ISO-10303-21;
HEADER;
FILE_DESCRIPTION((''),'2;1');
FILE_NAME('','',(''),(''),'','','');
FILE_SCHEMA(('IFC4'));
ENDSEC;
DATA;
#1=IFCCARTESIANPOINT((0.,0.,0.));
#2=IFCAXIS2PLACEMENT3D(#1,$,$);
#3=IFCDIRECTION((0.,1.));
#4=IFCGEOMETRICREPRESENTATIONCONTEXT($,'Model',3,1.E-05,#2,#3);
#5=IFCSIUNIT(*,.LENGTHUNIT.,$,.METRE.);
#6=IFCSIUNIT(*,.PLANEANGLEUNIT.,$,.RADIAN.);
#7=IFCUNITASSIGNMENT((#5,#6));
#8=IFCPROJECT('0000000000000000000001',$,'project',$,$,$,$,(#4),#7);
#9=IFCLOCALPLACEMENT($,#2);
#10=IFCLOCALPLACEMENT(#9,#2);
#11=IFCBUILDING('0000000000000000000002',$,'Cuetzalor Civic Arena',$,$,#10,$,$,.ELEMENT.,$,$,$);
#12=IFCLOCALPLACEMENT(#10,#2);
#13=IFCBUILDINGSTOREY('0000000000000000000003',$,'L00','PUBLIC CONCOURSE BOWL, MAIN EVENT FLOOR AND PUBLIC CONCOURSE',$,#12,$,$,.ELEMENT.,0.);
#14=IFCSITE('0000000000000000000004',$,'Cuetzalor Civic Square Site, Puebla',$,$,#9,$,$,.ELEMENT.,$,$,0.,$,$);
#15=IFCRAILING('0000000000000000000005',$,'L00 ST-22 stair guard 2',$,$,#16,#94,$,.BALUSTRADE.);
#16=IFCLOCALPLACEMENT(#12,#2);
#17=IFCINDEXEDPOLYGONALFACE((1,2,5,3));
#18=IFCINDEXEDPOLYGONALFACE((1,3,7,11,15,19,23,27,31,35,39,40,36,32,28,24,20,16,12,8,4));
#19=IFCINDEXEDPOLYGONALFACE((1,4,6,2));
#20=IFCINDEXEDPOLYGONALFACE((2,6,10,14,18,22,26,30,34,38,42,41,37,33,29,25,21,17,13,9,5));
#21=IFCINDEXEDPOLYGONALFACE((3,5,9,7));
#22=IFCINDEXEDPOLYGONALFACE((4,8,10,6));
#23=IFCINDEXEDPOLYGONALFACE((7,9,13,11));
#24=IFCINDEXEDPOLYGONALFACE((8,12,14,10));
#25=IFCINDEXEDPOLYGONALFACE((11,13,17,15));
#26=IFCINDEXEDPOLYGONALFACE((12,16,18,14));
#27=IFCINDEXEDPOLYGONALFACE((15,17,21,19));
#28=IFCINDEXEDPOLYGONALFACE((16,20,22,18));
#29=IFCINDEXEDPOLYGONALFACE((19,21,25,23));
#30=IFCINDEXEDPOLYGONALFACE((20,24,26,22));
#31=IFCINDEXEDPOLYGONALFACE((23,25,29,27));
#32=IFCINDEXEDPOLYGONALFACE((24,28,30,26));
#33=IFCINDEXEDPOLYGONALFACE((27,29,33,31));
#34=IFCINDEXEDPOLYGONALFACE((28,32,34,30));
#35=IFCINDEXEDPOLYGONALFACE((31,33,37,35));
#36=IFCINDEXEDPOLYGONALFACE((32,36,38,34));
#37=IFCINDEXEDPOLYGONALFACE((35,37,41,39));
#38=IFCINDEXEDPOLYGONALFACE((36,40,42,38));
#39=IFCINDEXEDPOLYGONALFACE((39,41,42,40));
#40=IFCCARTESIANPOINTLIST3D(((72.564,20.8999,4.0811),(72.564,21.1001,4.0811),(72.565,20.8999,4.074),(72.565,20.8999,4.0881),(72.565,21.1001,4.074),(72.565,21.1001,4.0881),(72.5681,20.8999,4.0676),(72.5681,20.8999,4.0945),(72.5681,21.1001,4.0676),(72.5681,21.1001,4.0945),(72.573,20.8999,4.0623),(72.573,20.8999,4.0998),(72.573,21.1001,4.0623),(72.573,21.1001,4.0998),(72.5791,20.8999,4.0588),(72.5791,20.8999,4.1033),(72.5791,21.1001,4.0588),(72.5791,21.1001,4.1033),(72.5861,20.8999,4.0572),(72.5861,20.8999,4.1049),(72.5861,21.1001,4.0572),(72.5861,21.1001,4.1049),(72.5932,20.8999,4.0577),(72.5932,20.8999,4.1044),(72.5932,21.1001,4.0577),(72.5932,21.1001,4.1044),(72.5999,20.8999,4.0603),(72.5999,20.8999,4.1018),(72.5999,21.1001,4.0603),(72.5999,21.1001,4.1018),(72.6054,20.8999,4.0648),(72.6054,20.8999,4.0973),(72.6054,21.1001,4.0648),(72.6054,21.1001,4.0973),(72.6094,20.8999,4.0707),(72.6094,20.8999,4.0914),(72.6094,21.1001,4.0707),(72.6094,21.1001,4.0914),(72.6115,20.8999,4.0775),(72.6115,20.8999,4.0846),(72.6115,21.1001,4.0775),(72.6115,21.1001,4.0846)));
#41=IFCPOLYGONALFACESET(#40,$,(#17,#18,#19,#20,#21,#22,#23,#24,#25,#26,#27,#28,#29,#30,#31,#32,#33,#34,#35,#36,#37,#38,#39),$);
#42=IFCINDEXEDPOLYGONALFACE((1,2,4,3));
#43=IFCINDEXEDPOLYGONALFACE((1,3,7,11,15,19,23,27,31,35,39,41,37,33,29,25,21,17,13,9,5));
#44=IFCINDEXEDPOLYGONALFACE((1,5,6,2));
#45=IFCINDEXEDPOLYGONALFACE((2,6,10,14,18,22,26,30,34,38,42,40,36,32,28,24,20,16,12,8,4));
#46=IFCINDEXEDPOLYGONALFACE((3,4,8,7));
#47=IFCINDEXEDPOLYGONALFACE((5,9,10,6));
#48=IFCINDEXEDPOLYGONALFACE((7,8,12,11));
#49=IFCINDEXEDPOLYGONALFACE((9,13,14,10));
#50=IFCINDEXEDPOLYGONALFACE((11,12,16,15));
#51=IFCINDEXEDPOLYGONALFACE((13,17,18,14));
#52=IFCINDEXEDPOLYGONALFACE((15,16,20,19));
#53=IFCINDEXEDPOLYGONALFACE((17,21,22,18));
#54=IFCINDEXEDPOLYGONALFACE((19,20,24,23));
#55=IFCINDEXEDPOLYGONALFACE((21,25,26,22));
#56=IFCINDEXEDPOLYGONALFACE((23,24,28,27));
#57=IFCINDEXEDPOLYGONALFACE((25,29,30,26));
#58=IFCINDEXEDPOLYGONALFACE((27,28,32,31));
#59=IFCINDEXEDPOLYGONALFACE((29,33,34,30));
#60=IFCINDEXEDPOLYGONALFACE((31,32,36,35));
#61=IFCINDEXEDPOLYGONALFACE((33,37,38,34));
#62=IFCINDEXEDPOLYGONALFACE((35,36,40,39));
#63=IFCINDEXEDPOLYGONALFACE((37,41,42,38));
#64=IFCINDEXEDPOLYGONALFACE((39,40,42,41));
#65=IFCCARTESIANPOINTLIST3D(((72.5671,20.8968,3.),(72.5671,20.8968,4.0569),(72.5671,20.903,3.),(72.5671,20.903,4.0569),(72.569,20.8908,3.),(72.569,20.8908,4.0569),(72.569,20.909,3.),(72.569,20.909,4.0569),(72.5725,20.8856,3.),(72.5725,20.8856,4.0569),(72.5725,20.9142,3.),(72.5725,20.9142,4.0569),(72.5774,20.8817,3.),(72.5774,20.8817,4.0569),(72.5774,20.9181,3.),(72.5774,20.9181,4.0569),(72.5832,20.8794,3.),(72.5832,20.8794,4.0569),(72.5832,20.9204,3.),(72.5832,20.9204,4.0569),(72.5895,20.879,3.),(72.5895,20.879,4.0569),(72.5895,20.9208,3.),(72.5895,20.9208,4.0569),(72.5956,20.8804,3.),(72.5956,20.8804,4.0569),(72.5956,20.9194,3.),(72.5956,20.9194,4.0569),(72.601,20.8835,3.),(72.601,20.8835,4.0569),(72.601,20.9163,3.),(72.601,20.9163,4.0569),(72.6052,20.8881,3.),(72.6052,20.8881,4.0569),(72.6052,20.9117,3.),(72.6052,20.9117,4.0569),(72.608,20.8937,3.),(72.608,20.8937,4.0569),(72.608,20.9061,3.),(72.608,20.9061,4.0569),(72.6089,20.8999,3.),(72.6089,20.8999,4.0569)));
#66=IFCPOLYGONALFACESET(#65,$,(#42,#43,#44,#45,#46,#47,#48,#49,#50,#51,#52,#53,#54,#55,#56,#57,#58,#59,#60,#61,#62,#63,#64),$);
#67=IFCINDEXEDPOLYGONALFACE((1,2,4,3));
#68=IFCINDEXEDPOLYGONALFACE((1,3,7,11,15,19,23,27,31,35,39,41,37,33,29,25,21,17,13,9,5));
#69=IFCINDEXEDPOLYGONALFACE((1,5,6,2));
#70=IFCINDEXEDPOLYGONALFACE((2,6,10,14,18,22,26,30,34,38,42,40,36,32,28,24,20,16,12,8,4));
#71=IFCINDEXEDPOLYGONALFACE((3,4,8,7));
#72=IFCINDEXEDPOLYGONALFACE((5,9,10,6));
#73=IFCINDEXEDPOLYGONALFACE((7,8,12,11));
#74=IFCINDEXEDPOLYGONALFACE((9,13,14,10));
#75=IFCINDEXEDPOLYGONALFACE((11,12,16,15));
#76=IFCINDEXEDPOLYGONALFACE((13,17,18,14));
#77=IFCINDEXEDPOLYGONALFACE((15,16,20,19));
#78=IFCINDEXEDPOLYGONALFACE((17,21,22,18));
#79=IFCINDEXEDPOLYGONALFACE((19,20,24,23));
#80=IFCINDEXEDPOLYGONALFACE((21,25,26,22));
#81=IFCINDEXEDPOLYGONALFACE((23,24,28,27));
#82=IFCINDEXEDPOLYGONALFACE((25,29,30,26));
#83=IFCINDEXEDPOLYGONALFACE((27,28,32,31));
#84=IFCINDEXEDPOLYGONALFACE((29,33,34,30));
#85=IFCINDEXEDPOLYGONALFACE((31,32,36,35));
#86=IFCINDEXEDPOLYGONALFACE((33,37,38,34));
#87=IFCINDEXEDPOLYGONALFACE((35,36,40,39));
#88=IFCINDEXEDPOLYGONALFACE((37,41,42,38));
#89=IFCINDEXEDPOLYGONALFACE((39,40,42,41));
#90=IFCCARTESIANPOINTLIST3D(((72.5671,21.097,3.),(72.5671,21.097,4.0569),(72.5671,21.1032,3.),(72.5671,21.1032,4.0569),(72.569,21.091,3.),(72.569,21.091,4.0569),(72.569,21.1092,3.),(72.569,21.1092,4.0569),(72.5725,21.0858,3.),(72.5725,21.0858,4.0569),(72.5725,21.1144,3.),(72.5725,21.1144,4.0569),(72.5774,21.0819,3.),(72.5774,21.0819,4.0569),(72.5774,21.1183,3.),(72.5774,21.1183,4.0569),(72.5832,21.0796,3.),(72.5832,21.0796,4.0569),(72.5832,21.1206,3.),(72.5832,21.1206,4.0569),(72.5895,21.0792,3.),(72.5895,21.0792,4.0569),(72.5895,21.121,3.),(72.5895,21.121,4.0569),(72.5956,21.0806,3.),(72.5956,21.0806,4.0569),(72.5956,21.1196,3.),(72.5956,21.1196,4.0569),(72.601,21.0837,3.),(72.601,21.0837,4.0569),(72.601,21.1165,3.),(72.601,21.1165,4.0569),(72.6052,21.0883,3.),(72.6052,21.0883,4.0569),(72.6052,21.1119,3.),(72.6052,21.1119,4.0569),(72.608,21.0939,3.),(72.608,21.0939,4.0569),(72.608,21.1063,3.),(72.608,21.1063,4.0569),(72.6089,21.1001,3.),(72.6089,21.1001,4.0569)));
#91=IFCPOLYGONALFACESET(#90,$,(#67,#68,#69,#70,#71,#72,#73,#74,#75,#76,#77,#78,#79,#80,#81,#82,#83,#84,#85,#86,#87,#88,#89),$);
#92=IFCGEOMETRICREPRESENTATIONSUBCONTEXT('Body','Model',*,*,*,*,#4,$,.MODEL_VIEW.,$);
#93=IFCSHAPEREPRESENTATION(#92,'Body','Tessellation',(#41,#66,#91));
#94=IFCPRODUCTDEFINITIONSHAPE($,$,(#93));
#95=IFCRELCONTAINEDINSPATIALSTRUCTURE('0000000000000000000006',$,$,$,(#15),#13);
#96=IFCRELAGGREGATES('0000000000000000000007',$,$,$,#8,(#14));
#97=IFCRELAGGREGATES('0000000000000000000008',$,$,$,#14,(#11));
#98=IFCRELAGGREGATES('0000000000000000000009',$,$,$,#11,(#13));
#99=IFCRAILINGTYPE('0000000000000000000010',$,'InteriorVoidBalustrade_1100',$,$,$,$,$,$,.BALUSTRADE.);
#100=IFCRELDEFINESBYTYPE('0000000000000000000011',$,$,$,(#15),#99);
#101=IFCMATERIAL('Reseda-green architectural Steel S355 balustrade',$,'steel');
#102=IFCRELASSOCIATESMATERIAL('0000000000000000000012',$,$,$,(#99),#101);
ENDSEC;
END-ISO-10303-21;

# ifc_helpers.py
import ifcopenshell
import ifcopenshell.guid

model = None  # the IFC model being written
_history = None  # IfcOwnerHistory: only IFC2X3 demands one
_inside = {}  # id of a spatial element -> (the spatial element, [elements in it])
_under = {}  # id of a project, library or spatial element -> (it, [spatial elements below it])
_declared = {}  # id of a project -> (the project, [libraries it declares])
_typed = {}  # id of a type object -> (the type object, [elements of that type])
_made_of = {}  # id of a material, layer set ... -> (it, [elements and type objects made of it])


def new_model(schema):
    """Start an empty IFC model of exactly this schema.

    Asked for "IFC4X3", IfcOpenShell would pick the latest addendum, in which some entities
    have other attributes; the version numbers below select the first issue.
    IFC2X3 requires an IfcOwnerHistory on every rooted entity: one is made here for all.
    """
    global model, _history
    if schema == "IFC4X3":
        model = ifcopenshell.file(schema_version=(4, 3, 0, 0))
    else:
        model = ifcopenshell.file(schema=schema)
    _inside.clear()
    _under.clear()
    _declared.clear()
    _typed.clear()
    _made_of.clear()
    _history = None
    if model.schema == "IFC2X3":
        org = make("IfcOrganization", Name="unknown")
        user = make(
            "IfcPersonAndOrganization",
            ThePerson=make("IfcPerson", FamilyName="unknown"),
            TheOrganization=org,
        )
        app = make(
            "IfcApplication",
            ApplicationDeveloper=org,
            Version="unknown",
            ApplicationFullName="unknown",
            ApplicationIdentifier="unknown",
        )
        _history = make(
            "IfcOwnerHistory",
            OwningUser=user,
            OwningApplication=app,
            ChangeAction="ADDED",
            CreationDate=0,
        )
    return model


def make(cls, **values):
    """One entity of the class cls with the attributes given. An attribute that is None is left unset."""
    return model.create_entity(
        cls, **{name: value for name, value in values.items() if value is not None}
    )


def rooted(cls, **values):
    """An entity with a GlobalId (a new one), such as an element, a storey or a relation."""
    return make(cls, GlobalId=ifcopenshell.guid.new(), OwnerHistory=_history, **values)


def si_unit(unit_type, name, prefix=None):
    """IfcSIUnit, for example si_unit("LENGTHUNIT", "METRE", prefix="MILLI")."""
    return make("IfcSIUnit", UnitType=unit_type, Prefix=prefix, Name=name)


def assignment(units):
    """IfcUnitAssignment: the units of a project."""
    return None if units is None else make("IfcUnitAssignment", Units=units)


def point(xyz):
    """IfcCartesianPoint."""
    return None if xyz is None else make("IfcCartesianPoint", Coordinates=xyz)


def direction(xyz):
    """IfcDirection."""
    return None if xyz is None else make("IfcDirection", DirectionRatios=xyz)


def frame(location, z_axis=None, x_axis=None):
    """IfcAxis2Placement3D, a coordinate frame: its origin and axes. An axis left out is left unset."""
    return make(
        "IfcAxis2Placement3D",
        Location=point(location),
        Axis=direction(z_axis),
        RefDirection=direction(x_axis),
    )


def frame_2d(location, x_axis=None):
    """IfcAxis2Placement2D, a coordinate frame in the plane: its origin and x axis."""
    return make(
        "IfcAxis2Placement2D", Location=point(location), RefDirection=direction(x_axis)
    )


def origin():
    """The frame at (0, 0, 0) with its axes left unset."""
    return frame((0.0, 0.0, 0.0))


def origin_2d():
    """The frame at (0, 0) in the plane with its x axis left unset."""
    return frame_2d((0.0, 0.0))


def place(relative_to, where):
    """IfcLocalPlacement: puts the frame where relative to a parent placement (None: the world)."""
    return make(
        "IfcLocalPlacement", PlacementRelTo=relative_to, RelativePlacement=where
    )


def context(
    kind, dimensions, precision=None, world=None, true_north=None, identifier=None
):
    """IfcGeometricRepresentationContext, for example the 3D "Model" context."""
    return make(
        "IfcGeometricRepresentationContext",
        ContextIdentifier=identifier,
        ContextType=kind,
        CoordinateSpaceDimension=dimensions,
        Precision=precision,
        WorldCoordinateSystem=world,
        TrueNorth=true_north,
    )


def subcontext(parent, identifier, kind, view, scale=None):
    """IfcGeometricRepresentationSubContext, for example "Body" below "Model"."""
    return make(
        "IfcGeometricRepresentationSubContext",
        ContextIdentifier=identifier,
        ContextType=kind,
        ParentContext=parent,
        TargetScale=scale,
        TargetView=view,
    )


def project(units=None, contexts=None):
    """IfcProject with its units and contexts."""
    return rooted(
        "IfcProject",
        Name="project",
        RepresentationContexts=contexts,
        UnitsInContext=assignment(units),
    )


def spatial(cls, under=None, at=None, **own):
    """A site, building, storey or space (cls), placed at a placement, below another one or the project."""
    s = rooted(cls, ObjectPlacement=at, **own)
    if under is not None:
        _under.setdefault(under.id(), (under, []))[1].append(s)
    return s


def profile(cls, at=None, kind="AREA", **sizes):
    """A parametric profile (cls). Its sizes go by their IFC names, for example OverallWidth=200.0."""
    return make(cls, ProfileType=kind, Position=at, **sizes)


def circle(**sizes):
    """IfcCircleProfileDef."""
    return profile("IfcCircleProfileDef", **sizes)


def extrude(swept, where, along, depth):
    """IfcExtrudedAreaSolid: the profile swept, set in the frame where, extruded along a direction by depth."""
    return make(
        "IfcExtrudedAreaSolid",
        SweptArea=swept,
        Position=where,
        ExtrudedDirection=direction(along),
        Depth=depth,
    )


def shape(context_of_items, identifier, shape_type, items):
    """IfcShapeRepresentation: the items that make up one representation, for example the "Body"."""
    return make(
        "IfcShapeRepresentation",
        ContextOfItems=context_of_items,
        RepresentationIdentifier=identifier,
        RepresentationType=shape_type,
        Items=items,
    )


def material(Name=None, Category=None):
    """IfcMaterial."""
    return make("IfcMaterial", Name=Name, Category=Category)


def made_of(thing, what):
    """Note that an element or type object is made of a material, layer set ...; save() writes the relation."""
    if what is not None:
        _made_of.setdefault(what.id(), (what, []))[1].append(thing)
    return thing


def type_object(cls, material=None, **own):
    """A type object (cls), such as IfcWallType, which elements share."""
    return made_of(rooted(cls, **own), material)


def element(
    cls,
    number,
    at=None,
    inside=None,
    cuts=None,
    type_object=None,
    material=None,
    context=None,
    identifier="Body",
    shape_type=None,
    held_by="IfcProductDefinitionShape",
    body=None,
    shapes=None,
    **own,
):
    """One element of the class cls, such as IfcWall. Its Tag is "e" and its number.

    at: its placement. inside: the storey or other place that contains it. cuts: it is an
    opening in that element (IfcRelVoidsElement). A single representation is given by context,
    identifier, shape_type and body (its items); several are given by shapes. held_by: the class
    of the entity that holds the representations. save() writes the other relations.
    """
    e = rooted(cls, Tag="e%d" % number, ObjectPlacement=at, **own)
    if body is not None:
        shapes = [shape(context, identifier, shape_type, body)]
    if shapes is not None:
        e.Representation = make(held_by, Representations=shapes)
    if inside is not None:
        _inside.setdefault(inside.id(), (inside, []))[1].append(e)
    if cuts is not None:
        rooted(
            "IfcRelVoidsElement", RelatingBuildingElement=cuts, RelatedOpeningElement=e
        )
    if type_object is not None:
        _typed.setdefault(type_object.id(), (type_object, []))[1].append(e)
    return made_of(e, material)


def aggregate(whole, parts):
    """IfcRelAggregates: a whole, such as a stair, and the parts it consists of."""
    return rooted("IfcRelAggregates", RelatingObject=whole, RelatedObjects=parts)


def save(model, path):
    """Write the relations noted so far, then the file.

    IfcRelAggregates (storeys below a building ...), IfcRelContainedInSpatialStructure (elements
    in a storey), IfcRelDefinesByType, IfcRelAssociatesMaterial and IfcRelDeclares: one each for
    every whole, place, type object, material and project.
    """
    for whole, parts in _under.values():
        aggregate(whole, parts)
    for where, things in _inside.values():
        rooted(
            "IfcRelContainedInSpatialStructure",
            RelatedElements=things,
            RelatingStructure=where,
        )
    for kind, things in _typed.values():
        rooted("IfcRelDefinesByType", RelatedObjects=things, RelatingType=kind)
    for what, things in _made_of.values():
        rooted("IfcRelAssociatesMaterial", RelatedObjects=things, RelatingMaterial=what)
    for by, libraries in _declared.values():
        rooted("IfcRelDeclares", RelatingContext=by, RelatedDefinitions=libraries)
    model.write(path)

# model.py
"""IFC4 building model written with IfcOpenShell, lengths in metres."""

from ifc_helpers import new_model, si_unit, direction, frame, origin, origin_2d, place, context, subcontext, project, spatial, circle, extrude, material, type_object, element, save


model = new_model("IFC4")

# Units and contexts
model_context = context("Model", 3, precision=1e-05, world=origin(), true_north=direction((0.0, 1.0)))
body_context = subcontext(model_context, "Body", "Model", "MODEL_VIEW")
ifc_project = project(units=[si_unit("LENGTHUNIT", "METRE"), si_unit("PLANEANGLEUNIT", "RADIAN")], contexts=[model_context])

# Site, building, storey
site_placement = place(None, origin())
site = spatial("IfcSite", under=ifc_project, at=site_placement, Name="Cuetzalor Civic Square Site, Puebla", CompositionType="ELEMENT", RefElevation=0.0)
building_placement = place(site_placement, origin())
building = spatial("IfcBuilding", under=site, at=building_placement, Name="Cuetzalor Civic Arena", CompositionType="ELEMENT")
storey_placement = place(building_placement, origin())
storey = spatial("IfcBuildingStorey", under=building, at=storey_placement, Name="L00", Description="PUBLIC CONCOURSE BOWL, MAIN EVENT FLOOR AND PUBLIC CONCOURSE", CompositionType="ELEMENT", Elevation=0.0)

# Railing
ifc_material_1 = material(Name="Reseda-green architectural Steel S355 balustrade", Category="steel")
railing_type_1 = type_object("IfcRailingType", Name="InteriorVoidBalustrade_1100", PredefinedType="BALUSTRADE", material=ifc_material_1)
railing_1_placement = place(storey_placement, frame((72.5879, 20.8999, 3.0)))
element("IfcRailing", 1, at=railing_1_placement, inside=storey, type_object=railing_type_1, Name="L00 ST-22 stair guard 2", PredefinedType="BALUSTRADE", context=body_context, shape_type="SweptSolid", body=[
    extrude(circle(Radius=0.0239, at=origin_2d()), frame((0.0, 0.0, 1.0811), z_axis=(0.0, 1.0, 0.0), x_axis=(-1.0, 0.0, 0.0)), (0.0, 0.0, 1.0), 0.2002),
    extrude(circle(Radius=0.021, at=origin_2d()), origin(), (0.0, 0.0, 1.0), 1.0569),
    extrude(circle(Radius=0.021, at=origin_2d()), frame((0.0, 0.2002, 0.0)), (0.0, 0.0, 1.0), 1.0569),
])

save(model, "model.ifc")
